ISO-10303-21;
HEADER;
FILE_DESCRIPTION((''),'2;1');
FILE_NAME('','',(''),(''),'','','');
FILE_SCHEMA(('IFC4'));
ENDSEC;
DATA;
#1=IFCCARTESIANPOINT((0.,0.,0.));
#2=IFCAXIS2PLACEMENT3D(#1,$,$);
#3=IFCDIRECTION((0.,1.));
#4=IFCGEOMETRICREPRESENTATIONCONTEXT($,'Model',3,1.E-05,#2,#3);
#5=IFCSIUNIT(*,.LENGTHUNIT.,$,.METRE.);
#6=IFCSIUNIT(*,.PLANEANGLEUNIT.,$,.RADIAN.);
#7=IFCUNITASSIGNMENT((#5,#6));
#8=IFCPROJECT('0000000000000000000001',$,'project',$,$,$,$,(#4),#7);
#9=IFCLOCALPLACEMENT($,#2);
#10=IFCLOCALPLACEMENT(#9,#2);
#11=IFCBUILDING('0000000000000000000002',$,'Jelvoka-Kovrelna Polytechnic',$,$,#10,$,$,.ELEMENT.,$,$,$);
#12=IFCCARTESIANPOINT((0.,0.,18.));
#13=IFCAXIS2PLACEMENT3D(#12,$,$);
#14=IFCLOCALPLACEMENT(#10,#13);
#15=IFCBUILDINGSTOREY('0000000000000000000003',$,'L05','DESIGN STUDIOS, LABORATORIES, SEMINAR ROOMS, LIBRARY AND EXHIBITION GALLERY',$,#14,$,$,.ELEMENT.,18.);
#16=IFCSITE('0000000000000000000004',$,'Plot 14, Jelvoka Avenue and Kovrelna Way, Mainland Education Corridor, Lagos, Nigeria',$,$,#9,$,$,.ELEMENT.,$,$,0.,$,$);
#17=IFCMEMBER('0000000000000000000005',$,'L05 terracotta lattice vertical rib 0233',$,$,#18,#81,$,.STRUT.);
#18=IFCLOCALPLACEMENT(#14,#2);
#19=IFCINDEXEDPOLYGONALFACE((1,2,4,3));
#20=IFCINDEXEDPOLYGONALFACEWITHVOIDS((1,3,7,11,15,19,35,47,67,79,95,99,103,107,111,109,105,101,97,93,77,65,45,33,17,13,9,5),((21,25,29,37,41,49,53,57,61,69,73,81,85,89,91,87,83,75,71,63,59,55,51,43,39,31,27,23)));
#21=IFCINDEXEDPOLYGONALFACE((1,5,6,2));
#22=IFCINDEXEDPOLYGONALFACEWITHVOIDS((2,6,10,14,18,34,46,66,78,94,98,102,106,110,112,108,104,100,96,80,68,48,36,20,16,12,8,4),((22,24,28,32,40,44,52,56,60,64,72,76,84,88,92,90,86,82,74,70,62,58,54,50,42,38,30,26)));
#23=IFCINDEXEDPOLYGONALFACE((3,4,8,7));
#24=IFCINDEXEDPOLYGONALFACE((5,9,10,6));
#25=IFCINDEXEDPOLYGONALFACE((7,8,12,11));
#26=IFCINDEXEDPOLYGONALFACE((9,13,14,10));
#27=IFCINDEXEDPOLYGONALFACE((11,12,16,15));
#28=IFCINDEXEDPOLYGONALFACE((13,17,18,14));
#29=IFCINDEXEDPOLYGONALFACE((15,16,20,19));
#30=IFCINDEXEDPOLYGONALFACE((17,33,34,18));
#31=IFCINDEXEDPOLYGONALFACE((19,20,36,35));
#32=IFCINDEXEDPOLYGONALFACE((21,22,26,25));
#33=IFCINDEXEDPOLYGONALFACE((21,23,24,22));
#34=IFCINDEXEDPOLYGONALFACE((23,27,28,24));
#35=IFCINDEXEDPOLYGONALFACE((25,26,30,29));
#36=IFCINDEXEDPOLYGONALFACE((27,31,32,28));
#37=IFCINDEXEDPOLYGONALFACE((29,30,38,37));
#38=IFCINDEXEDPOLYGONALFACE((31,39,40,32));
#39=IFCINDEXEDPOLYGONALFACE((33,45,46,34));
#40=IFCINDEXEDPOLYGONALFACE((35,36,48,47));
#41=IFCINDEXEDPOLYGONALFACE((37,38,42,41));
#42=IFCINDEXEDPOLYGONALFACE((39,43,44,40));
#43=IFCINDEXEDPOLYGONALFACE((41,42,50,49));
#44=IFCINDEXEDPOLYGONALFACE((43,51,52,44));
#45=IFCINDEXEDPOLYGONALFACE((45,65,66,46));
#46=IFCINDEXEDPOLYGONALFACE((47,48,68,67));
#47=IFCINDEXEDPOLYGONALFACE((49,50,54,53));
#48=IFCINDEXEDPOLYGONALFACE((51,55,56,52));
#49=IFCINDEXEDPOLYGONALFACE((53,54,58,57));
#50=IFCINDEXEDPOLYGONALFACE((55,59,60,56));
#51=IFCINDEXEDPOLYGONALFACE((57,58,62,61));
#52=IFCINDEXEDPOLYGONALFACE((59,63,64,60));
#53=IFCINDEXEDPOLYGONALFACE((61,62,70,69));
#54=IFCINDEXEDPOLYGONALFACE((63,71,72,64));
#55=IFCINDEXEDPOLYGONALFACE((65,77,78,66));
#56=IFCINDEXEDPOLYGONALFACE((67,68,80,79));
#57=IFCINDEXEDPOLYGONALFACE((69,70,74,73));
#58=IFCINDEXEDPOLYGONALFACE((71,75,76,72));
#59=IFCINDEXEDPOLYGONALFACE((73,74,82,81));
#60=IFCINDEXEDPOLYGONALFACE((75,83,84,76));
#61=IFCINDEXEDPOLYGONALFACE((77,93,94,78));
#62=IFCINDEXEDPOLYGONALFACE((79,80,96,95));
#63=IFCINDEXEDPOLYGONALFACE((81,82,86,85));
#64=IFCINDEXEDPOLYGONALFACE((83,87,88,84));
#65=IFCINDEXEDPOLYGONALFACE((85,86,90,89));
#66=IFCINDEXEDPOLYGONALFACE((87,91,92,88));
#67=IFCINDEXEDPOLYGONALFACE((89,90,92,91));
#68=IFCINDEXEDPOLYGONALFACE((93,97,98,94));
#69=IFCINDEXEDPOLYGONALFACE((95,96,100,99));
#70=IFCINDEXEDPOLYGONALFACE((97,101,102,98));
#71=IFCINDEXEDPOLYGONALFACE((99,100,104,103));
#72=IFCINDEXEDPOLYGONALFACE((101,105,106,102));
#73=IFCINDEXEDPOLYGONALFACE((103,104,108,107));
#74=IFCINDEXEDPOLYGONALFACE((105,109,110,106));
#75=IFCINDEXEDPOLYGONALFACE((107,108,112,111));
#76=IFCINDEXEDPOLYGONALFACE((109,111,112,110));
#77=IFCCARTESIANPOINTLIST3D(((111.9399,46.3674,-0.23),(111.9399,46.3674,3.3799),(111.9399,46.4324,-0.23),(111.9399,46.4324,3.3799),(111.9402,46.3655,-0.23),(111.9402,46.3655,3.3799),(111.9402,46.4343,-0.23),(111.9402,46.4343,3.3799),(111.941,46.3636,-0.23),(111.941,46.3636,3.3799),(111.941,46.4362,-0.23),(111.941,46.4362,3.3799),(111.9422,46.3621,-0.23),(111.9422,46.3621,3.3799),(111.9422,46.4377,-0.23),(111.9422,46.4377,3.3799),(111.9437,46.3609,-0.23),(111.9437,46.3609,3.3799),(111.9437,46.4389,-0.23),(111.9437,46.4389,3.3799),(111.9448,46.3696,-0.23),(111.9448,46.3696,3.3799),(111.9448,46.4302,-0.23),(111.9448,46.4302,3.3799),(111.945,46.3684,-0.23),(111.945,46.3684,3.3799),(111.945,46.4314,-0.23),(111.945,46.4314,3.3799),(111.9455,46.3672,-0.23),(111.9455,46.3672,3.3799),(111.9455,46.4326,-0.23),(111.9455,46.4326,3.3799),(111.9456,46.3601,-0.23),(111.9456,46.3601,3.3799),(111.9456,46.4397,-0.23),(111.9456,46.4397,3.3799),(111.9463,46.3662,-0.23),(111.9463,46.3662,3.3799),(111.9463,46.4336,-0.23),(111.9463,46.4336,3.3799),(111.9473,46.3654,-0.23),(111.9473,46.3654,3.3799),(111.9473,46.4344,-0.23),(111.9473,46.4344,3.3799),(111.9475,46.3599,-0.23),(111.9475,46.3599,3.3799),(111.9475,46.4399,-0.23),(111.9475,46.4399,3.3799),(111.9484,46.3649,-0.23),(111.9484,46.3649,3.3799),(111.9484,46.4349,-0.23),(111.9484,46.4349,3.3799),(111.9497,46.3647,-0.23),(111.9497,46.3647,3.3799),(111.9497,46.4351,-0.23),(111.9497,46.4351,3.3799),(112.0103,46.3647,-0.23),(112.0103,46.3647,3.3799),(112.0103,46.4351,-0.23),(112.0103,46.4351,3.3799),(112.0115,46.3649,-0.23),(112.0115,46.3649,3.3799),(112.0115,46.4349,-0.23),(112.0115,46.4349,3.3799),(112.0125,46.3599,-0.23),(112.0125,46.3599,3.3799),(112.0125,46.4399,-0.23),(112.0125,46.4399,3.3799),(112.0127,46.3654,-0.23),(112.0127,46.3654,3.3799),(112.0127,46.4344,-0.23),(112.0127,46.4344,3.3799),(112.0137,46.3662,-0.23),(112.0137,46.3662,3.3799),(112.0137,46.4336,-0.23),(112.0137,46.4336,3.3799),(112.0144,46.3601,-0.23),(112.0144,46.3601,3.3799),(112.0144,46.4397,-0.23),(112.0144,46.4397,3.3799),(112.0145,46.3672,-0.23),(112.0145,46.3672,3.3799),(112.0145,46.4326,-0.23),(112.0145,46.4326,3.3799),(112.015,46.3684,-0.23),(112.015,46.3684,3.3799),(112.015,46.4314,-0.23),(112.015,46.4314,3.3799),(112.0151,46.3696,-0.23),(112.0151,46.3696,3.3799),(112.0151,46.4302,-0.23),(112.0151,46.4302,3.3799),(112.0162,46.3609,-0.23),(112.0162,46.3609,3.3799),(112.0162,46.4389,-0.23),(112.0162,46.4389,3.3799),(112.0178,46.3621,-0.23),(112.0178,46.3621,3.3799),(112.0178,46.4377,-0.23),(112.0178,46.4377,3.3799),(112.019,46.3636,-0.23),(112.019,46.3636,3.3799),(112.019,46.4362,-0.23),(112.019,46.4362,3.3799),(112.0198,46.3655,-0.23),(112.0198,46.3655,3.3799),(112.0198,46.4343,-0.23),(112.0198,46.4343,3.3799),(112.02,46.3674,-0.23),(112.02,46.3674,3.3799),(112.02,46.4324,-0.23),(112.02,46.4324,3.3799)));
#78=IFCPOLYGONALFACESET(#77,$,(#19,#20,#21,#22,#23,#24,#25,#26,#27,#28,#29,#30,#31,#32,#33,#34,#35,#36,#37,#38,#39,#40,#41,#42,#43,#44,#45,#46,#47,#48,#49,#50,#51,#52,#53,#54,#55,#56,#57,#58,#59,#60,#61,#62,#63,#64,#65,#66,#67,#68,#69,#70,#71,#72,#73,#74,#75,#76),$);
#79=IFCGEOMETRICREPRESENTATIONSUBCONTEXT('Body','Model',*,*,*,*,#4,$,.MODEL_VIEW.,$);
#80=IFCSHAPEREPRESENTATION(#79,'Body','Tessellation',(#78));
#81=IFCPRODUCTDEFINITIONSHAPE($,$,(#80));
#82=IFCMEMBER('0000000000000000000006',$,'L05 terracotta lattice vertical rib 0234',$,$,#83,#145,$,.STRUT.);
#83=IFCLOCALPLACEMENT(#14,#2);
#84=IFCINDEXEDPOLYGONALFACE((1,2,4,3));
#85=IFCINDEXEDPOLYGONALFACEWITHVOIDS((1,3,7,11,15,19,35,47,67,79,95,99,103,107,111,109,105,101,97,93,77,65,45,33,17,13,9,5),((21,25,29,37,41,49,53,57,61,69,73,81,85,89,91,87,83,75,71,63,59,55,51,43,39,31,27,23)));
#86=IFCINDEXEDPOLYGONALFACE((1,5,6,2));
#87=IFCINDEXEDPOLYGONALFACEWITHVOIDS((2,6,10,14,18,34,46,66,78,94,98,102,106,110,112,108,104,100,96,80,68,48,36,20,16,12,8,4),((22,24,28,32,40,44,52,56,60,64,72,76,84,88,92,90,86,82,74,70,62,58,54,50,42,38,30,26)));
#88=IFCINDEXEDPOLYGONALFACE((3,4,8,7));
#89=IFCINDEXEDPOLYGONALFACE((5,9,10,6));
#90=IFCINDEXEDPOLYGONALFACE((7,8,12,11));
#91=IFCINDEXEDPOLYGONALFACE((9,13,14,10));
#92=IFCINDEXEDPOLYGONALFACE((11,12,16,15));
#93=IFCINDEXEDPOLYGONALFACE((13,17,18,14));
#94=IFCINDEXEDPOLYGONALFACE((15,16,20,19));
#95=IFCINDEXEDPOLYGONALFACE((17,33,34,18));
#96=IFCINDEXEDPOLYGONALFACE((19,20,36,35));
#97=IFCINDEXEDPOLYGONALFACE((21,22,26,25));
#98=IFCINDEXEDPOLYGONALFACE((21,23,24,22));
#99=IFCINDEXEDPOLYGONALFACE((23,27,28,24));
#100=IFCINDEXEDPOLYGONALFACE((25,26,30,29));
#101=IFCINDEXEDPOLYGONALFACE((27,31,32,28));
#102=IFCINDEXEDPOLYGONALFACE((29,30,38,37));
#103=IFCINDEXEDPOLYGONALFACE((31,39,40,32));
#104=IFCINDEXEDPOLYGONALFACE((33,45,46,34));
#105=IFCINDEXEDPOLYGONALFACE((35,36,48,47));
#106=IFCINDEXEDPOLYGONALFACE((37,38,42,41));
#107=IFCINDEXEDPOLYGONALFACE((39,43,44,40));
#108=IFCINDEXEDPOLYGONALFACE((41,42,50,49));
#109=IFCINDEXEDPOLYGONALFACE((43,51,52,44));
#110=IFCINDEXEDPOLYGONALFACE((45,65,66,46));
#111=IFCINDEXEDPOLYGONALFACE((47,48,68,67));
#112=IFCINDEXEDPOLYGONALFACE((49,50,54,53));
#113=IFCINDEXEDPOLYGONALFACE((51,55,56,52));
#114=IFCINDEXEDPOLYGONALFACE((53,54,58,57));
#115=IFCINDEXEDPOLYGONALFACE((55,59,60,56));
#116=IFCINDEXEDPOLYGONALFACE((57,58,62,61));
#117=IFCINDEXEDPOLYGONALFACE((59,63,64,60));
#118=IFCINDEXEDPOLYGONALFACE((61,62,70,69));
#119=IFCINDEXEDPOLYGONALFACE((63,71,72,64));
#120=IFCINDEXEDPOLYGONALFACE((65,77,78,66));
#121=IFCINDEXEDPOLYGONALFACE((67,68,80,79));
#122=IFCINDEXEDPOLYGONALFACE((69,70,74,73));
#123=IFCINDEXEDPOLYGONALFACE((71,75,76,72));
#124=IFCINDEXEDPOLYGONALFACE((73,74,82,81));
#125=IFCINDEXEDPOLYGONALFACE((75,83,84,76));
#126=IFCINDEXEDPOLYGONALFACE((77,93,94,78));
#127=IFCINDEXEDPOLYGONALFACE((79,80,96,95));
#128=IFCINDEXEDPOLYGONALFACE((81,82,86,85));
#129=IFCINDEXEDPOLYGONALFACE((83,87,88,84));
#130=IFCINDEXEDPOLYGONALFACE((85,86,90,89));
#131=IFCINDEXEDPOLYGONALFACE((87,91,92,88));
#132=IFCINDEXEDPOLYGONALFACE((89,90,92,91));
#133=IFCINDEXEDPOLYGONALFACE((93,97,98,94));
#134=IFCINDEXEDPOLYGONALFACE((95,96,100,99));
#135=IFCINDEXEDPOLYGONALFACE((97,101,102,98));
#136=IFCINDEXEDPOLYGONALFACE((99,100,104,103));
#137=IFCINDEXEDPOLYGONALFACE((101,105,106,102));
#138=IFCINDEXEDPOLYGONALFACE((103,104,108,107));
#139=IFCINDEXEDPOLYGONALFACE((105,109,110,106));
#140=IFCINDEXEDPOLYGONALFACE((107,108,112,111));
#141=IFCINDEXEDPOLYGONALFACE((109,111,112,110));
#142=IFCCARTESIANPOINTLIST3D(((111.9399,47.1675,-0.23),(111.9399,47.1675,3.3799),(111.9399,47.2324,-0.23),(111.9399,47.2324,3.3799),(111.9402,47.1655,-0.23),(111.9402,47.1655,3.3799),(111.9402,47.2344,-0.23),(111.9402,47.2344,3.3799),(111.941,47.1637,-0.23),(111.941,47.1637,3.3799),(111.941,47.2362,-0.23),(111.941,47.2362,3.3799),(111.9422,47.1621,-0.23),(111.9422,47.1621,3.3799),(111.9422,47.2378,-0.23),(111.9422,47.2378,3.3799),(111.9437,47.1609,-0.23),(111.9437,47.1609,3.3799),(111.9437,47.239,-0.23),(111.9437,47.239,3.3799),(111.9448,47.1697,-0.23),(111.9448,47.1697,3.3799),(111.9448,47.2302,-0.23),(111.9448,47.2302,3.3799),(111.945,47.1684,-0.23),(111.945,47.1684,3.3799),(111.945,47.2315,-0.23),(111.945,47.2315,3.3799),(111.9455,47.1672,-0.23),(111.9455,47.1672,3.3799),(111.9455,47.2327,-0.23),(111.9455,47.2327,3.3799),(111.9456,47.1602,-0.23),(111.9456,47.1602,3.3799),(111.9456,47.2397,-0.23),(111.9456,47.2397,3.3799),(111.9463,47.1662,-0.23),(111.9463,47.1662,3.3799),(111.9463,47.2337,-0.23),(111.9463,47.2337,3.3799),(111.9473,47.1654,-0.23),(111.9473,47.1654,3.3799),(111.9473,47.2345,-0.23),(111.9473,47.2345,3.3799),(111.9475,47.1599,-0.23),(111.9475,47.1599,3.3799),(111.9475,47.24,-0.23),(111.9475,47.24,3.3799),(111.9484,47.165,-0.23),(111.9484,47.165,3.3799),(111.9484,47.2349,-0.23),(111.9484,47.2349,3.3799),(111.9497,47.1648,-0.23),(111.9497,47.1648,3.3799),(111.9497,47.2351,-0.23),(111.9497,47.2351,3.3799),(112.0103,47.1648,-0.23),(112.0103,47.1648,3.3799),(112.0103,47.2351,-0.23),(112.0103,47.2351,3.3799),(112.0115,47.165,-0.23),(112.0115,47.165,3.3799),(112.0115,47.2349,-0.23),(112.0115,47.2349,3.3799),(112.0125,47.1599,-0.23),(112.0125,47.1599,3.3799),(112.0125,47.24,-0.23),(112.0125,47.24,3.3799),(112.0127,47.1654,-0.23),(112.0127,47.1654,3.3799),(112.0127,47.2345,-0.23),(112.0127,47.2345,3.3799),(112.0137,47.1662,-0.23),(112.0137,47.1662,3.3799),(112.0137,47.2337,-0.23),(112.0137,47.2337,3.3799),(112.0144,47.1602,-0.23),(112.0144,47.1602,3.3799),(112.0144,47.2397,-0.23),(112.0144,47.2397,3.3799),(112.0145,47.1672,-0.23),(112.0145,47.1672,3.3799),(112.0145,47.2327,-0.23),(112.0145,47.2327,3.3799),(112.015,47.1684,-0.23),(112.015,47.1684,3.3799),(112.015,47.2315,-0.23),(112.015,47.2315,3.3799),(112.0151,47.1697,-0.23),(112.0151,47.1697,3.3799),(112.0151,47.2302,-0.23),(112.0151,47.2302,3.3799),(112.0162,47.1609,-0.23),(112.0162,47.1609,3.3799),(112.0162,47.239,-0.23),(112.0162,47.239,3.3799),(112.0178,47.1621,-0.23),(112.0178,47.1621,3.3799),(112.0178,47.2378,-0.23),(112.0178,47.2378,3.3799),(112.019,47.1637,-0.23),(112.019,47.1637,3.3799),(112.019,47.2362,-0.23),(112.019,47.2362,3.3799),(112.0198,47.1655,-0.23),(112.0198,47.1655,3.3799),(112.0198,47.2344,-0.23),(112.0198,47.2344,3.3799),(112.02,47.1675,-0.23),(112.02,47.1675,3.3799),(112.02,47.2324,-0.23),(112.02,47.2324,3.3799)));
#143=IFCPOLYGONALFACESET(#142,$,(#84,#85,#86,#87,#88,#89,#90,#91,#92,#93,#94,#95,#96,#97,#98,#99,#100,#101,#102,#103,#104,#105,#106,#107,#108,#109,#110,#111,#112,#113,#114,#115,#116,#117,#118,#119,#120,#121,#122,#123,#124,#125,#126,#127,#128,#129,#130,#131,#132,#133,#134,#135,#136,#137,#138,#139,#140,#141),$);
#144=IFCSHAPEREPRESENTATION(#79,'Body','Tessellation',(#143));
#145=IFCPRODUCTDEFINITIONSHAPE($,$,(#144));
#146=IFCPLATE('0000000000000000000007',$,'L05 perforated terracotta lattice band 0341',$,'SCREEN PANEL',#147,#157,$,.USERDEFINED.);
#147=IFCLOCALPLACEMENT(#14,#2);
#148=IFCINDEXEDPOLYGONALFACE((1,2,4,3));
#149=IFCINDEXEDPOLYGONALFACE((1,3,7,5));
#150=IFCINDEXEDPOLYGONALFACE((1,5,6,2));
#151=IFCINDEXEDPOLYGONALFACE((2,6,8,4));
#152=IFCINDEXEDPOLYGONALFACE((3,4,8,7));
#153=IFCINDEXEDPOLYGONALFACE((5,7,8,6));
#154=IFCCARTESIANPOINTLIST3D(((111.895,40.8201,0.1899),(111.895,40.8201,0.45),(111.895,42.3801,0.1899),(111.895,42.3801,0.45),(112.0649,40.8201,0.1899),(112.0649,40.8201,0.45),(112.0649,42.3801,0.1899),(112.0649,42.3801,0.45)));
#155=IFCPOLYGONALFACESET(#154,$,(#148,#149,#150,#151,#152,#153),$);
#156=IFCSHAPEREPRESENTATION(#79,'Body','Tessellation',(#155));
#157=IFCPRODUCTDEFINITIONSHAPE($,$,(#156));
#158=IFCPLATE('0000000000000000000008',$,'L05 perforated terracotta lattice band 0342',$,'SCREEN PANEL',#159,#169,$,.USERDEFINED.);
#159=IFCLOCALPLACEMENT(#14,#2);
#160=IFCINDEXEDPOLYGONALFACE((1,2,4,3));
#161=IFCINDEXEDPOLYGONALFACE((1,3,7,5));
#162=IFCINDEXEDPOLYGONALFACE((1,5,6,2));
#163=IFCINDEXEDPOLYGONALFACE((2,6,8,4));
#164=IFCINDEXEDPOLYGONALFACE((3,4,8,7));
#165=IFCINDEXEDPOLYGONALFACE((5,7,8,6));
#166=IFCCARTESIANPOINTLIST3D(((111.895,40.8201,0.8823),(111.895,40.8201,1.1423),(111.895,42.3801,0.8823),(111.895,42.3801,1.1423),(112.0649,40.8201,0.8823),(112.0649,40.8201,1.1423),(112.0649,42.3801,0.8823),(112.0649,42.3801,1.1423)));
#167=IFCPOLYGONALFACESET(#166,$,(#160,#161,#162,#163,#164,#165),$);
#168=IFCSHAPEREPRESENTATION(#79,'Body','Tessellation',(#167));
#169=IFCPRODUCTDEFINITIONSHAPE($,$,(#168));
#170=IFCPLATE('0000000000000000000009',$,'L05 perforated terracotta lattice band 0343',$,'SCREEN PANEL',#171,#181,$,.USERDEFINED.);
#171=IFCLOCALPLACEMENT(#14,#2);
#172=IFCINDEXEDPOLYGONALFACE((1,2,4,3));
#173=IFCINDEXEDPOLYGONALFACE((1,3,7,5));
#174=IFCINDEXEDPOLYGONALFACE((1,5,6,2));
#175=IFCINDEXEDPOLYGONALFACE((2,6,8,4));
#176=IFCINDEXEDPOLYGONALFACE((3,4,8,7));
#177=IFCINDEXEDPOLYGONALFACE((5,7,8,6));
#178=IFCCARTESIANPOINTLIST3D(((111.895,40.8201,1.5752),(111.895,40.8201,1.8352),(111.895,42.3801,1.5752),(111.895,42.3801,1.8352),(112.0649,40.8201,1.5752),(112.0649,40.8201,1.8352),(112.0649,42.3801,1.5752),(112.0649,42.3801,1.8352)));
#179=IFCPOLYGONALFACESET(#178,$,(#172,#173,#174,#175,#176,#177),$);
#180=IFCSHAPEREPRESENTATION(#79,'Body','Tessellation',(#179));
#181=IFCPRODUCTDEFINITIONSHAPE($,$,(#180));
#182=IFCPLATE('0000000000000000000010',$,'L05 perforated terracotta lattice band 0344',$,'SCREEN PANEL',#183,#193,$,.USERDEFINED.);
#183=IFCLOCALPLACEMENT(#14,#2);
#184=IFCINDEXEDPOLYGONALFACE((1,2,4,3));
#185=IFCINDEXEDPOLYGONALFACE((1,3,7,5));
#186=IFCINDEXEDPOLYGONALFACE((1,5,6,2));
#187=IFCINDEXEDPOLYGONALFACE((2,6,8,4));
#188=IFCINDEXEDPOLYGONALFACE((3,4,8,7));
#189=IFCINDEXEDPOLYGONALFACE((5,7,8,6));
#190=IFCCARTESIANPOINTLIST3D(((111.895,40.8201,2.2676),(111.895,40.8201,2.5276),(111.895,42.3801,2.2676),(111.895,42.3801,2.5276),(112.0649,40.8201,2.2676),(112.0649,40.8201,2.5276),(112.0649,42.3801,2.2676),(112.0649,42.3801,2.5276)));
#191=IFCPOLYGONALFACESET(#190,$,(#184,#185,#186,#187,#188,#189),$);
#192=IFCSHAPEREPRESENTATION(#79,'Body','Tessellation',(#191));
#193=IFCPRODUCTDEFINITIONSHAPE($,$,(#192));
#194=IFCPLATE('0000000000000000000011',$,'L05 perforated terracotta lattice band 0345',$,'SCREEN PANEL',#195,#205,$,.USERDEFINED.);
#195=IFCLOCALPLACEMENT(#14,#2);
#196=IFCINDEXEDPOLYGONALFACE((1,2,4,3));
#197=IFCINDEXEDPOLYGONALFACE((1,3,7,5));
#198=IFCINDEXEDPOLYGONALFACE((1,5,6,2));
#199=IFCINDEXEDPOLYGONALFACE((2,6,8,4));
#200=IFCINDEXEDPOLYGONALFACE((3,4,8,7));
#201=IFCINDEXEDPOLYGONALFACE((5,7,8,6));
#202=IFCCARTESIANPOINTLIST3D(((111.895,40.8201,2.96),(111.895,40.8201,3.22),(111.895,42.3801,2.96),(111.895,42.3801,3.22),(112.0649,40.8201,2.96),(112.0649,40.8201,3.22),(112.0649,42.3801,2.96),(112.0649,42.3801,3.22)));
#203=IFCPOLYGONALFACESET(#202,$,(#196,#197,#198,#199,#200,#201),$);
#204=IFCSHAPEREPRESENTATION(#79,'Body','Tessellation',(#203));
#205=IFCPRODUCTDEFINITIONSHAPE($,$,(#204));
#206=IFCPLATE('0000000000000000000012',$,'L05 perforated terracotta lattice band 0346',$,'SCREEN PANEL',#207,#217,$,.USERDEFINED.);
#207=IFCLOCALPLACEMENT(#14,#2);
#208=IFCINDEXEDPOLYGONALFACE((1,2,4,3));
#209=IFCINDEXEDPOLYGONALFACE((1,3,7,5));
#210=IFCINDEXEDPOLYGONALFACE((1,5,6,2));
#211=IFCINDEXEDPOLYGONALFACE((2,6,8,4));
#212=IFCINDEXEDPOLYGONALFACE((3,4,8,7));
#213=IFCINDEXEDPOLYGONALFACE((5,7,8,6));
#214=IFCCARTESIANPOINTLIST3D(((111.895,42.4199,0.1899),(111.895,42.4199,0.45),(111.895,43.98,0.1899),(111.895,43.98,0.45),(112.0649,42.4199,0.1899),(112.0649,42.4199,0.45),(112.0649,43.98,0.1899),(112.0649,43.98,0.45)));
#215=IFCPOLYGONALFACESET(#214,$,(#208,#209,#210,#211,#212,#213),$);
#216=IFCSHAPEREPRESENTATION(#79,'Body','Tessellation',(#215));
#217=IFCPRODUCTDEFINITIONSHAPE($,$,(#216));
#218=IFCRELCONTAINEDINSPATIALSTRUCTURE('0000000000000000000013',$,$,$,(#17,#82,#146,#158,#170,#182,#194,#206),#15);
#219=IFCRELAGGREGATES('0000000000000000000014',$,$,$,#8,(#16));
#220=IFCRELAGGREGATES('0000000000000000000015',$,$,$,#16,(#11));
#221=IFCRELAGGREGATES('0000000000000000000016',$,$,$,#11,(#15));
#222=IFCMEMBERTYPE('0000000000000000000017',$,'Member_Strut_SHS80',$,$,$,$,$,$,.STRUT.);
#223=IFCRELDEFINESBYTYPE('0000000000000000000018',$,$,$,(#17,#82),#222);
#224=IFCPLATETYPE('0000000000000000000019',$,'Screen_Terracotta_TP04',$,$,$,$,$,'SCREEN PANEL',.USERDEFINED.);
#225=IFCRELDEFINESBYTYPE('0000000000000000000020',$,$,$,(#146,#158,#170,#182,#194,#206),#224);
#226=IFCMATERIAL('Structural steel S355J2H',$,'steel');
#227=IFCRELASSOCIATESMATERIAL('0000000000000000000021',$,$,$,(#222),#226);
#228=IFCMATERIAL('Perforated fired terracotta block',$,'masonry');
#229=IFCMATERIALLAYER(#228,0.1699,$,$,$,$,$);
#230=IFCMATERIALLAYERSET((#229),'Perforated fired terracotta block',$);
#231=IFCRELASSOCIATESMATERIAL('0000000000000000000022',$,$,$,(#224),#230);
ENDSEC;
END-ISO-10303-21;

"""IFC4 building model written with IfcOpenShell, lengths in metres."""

from ifc_helpers import new_model, si_unit, direction, frame, origin, origin_2d, place, context, subcontext, project, spatial, rectangle, hollow_rectangle, extrude, material, layer, layer_set, material_profile, profile_set, type_object, element, save


model = new_model("IFC4")

# Units and contexts
model_context = context("Model", 3, precision=1e-05, world=origin(), true_north=direction((0.0, 1.0)))
body_context = subcontext(model_context, "Body", "Model", "MODEL_VIEW")
ifc_project = project(units=[si_unit("LENGTHUNIT", "METRE"), si_unit("PLANEANGLEUNIT", "RADIAN")], contexts=[model_context])

# Site, building, storey
site_placement = place(None, origin())
site = spatial("IfcSite", under=ifc_project, at=site_placement, Name="Plot 14, Jelvoka Avenue and Kovrelna Way, Mainland Education Corridor, Lagos, Nigeria", CompositionType="ELEMENT", RefElevation=0.0)
building_placement = place(site_placement, origin())
building = spatial("IfcBuilding", under=site, at=building_placement, Name="Jelvoka-Kovrelna Polytechnic", CompositionType="ELEMENT")
storey_placement = place(building_placement, frame((0.0, 0.0, 18.0)))
storey = spatial("IfcBuildingStorey", under=building, at=storey_placement, Name="L05", Description="DESIGN STUDIOS, LABORATORIES, SEMINAR ROOMS, LIBRARY AND EXHIBITION GALLERY", CompositionType="ELEMENT", Elevation=18.0)

# Members
ifc_material_1 = material(Name="Structural steel S355J2H", Category="steel")
ifc_material_profile_1 = material_profile(ifc_material_1, hollow_rectangle(XDim=0.0801, YDim=0.0801, WallThickness=0.0049, InnerFilletRadius=0.0049, OuterFilletRadius=0.0076, at=origin_2d()), Name="80x80x5.0 SHS")
ifc_profile_set_1 = profile_set([ifc_material_profile_1], Name="Structural steel S355J2H")
member_type_1 = type_object("IfcMemberType", Name="Member_Strut_SHS80", PredefinedType="STRUT", material=ifc_profile_set_1)
for number, where, z_axis, x_axis, name in (
    (1, (111.98, 46.3999, -0.23), (0.0, 0.0, 1.0), (1.0, 0.0, 0.0), "L05 terracotta lattice vertical rib 0233"),
    (2, (111.98, 47.2, -0.23), (0.0, 0.0, 1.0), (1.0, 0.0, 0.0), "L05 terracotta lattice vertical rib 0234"),
):
    element("IfcMember", number, at=place(storey_placement, frame(where, z_axis=z_axis, x_axis=x_axis)), inside=storey, type_object=member_type_1, Name=name, PredefinedType="STRUT", context=body_context, shape_type="SweptSolid", body=[
        extrude(hollow_rectangle(XDim=0.0801, YDim=0.0801, WallThickness=0.0049, InnerFilletRadius=0.0049, OuterFilletRadius=0.0076, at=origin_2d()), origin(), (0.0, 0.0, 1.0), 3.6099),
    ])

# Plates
ifc_material_2 = material(Name="Perforated fired terracotta block", Category="masonry")
ifc_layer_1 = layer(ifc_material_2, 0.1699)
ifc_layer_set_1 = layer_set([ifc_layer_1], Name="Perforated fired terracotta block")
plate_type = type_object("IfcPlateType", Name="Screen_Terracotta_TP04", ElementType="SCREEN PANEL", PredefinedType="USERDEFINED", material=ifc_layer_set_1)
for number, where, z_axis, x_axis, name in (
    (3, (111.98, 41.6001, 0.1899), (0.0, 0.0, 1.0), (0.0, 1.0, 0.0), "L05 perforated terracotta lattice band 0341"),
    (4, (111.98, 41.6001, 0.8823), (0.0, 0.0, 1.0), (0.0, 1.0, 0.0), "L05 perforated terracotta lattice band 0342"),
    (5, (111.98, 41.6001, 1.5752), (0.0, 0.0, 1.0), (0.0, 1.0, 0.0), "L05 perforated terracotta lattice band 0343"),
    (6, (111.98, 41.6001, 2.2676), (0.0, 0.0, 1.0), (0.0, 1.0, 0.0), "L05 perforated terracotta lattice band 0344"),
    (7, (111.98, 41.6001, 2.96), (0.0, 0.0, 1.0), (0.0, 1.0, 0.0), "L05 perforated terracotta lattice band 0345"),
    (8, (111.98, 43.2, 0.1899), (0.0, 0.0, 1.0), (0.0, 1.0, 0.0), "L05 perforated terracotta lattice band 0346"),
):
    element("IfcPlate", number, at=place(storey_placement, frame(where, z_axis=z_axis, x_axis=x_axis)), inside=storey, type_object=plate_type, Name=name, ObjectType="SCREEN PANEL", PredefinedType="USERDEFINED", context=body_context, shape_type="SweptSolid", body=[
        extrude(rectangle(XDim=1.5601, YDim=0.1699, at=origin_2d()), origin(), (0.0, 0.0, 1.0), 0.26),
    ])

save(model, "model.ifc")
